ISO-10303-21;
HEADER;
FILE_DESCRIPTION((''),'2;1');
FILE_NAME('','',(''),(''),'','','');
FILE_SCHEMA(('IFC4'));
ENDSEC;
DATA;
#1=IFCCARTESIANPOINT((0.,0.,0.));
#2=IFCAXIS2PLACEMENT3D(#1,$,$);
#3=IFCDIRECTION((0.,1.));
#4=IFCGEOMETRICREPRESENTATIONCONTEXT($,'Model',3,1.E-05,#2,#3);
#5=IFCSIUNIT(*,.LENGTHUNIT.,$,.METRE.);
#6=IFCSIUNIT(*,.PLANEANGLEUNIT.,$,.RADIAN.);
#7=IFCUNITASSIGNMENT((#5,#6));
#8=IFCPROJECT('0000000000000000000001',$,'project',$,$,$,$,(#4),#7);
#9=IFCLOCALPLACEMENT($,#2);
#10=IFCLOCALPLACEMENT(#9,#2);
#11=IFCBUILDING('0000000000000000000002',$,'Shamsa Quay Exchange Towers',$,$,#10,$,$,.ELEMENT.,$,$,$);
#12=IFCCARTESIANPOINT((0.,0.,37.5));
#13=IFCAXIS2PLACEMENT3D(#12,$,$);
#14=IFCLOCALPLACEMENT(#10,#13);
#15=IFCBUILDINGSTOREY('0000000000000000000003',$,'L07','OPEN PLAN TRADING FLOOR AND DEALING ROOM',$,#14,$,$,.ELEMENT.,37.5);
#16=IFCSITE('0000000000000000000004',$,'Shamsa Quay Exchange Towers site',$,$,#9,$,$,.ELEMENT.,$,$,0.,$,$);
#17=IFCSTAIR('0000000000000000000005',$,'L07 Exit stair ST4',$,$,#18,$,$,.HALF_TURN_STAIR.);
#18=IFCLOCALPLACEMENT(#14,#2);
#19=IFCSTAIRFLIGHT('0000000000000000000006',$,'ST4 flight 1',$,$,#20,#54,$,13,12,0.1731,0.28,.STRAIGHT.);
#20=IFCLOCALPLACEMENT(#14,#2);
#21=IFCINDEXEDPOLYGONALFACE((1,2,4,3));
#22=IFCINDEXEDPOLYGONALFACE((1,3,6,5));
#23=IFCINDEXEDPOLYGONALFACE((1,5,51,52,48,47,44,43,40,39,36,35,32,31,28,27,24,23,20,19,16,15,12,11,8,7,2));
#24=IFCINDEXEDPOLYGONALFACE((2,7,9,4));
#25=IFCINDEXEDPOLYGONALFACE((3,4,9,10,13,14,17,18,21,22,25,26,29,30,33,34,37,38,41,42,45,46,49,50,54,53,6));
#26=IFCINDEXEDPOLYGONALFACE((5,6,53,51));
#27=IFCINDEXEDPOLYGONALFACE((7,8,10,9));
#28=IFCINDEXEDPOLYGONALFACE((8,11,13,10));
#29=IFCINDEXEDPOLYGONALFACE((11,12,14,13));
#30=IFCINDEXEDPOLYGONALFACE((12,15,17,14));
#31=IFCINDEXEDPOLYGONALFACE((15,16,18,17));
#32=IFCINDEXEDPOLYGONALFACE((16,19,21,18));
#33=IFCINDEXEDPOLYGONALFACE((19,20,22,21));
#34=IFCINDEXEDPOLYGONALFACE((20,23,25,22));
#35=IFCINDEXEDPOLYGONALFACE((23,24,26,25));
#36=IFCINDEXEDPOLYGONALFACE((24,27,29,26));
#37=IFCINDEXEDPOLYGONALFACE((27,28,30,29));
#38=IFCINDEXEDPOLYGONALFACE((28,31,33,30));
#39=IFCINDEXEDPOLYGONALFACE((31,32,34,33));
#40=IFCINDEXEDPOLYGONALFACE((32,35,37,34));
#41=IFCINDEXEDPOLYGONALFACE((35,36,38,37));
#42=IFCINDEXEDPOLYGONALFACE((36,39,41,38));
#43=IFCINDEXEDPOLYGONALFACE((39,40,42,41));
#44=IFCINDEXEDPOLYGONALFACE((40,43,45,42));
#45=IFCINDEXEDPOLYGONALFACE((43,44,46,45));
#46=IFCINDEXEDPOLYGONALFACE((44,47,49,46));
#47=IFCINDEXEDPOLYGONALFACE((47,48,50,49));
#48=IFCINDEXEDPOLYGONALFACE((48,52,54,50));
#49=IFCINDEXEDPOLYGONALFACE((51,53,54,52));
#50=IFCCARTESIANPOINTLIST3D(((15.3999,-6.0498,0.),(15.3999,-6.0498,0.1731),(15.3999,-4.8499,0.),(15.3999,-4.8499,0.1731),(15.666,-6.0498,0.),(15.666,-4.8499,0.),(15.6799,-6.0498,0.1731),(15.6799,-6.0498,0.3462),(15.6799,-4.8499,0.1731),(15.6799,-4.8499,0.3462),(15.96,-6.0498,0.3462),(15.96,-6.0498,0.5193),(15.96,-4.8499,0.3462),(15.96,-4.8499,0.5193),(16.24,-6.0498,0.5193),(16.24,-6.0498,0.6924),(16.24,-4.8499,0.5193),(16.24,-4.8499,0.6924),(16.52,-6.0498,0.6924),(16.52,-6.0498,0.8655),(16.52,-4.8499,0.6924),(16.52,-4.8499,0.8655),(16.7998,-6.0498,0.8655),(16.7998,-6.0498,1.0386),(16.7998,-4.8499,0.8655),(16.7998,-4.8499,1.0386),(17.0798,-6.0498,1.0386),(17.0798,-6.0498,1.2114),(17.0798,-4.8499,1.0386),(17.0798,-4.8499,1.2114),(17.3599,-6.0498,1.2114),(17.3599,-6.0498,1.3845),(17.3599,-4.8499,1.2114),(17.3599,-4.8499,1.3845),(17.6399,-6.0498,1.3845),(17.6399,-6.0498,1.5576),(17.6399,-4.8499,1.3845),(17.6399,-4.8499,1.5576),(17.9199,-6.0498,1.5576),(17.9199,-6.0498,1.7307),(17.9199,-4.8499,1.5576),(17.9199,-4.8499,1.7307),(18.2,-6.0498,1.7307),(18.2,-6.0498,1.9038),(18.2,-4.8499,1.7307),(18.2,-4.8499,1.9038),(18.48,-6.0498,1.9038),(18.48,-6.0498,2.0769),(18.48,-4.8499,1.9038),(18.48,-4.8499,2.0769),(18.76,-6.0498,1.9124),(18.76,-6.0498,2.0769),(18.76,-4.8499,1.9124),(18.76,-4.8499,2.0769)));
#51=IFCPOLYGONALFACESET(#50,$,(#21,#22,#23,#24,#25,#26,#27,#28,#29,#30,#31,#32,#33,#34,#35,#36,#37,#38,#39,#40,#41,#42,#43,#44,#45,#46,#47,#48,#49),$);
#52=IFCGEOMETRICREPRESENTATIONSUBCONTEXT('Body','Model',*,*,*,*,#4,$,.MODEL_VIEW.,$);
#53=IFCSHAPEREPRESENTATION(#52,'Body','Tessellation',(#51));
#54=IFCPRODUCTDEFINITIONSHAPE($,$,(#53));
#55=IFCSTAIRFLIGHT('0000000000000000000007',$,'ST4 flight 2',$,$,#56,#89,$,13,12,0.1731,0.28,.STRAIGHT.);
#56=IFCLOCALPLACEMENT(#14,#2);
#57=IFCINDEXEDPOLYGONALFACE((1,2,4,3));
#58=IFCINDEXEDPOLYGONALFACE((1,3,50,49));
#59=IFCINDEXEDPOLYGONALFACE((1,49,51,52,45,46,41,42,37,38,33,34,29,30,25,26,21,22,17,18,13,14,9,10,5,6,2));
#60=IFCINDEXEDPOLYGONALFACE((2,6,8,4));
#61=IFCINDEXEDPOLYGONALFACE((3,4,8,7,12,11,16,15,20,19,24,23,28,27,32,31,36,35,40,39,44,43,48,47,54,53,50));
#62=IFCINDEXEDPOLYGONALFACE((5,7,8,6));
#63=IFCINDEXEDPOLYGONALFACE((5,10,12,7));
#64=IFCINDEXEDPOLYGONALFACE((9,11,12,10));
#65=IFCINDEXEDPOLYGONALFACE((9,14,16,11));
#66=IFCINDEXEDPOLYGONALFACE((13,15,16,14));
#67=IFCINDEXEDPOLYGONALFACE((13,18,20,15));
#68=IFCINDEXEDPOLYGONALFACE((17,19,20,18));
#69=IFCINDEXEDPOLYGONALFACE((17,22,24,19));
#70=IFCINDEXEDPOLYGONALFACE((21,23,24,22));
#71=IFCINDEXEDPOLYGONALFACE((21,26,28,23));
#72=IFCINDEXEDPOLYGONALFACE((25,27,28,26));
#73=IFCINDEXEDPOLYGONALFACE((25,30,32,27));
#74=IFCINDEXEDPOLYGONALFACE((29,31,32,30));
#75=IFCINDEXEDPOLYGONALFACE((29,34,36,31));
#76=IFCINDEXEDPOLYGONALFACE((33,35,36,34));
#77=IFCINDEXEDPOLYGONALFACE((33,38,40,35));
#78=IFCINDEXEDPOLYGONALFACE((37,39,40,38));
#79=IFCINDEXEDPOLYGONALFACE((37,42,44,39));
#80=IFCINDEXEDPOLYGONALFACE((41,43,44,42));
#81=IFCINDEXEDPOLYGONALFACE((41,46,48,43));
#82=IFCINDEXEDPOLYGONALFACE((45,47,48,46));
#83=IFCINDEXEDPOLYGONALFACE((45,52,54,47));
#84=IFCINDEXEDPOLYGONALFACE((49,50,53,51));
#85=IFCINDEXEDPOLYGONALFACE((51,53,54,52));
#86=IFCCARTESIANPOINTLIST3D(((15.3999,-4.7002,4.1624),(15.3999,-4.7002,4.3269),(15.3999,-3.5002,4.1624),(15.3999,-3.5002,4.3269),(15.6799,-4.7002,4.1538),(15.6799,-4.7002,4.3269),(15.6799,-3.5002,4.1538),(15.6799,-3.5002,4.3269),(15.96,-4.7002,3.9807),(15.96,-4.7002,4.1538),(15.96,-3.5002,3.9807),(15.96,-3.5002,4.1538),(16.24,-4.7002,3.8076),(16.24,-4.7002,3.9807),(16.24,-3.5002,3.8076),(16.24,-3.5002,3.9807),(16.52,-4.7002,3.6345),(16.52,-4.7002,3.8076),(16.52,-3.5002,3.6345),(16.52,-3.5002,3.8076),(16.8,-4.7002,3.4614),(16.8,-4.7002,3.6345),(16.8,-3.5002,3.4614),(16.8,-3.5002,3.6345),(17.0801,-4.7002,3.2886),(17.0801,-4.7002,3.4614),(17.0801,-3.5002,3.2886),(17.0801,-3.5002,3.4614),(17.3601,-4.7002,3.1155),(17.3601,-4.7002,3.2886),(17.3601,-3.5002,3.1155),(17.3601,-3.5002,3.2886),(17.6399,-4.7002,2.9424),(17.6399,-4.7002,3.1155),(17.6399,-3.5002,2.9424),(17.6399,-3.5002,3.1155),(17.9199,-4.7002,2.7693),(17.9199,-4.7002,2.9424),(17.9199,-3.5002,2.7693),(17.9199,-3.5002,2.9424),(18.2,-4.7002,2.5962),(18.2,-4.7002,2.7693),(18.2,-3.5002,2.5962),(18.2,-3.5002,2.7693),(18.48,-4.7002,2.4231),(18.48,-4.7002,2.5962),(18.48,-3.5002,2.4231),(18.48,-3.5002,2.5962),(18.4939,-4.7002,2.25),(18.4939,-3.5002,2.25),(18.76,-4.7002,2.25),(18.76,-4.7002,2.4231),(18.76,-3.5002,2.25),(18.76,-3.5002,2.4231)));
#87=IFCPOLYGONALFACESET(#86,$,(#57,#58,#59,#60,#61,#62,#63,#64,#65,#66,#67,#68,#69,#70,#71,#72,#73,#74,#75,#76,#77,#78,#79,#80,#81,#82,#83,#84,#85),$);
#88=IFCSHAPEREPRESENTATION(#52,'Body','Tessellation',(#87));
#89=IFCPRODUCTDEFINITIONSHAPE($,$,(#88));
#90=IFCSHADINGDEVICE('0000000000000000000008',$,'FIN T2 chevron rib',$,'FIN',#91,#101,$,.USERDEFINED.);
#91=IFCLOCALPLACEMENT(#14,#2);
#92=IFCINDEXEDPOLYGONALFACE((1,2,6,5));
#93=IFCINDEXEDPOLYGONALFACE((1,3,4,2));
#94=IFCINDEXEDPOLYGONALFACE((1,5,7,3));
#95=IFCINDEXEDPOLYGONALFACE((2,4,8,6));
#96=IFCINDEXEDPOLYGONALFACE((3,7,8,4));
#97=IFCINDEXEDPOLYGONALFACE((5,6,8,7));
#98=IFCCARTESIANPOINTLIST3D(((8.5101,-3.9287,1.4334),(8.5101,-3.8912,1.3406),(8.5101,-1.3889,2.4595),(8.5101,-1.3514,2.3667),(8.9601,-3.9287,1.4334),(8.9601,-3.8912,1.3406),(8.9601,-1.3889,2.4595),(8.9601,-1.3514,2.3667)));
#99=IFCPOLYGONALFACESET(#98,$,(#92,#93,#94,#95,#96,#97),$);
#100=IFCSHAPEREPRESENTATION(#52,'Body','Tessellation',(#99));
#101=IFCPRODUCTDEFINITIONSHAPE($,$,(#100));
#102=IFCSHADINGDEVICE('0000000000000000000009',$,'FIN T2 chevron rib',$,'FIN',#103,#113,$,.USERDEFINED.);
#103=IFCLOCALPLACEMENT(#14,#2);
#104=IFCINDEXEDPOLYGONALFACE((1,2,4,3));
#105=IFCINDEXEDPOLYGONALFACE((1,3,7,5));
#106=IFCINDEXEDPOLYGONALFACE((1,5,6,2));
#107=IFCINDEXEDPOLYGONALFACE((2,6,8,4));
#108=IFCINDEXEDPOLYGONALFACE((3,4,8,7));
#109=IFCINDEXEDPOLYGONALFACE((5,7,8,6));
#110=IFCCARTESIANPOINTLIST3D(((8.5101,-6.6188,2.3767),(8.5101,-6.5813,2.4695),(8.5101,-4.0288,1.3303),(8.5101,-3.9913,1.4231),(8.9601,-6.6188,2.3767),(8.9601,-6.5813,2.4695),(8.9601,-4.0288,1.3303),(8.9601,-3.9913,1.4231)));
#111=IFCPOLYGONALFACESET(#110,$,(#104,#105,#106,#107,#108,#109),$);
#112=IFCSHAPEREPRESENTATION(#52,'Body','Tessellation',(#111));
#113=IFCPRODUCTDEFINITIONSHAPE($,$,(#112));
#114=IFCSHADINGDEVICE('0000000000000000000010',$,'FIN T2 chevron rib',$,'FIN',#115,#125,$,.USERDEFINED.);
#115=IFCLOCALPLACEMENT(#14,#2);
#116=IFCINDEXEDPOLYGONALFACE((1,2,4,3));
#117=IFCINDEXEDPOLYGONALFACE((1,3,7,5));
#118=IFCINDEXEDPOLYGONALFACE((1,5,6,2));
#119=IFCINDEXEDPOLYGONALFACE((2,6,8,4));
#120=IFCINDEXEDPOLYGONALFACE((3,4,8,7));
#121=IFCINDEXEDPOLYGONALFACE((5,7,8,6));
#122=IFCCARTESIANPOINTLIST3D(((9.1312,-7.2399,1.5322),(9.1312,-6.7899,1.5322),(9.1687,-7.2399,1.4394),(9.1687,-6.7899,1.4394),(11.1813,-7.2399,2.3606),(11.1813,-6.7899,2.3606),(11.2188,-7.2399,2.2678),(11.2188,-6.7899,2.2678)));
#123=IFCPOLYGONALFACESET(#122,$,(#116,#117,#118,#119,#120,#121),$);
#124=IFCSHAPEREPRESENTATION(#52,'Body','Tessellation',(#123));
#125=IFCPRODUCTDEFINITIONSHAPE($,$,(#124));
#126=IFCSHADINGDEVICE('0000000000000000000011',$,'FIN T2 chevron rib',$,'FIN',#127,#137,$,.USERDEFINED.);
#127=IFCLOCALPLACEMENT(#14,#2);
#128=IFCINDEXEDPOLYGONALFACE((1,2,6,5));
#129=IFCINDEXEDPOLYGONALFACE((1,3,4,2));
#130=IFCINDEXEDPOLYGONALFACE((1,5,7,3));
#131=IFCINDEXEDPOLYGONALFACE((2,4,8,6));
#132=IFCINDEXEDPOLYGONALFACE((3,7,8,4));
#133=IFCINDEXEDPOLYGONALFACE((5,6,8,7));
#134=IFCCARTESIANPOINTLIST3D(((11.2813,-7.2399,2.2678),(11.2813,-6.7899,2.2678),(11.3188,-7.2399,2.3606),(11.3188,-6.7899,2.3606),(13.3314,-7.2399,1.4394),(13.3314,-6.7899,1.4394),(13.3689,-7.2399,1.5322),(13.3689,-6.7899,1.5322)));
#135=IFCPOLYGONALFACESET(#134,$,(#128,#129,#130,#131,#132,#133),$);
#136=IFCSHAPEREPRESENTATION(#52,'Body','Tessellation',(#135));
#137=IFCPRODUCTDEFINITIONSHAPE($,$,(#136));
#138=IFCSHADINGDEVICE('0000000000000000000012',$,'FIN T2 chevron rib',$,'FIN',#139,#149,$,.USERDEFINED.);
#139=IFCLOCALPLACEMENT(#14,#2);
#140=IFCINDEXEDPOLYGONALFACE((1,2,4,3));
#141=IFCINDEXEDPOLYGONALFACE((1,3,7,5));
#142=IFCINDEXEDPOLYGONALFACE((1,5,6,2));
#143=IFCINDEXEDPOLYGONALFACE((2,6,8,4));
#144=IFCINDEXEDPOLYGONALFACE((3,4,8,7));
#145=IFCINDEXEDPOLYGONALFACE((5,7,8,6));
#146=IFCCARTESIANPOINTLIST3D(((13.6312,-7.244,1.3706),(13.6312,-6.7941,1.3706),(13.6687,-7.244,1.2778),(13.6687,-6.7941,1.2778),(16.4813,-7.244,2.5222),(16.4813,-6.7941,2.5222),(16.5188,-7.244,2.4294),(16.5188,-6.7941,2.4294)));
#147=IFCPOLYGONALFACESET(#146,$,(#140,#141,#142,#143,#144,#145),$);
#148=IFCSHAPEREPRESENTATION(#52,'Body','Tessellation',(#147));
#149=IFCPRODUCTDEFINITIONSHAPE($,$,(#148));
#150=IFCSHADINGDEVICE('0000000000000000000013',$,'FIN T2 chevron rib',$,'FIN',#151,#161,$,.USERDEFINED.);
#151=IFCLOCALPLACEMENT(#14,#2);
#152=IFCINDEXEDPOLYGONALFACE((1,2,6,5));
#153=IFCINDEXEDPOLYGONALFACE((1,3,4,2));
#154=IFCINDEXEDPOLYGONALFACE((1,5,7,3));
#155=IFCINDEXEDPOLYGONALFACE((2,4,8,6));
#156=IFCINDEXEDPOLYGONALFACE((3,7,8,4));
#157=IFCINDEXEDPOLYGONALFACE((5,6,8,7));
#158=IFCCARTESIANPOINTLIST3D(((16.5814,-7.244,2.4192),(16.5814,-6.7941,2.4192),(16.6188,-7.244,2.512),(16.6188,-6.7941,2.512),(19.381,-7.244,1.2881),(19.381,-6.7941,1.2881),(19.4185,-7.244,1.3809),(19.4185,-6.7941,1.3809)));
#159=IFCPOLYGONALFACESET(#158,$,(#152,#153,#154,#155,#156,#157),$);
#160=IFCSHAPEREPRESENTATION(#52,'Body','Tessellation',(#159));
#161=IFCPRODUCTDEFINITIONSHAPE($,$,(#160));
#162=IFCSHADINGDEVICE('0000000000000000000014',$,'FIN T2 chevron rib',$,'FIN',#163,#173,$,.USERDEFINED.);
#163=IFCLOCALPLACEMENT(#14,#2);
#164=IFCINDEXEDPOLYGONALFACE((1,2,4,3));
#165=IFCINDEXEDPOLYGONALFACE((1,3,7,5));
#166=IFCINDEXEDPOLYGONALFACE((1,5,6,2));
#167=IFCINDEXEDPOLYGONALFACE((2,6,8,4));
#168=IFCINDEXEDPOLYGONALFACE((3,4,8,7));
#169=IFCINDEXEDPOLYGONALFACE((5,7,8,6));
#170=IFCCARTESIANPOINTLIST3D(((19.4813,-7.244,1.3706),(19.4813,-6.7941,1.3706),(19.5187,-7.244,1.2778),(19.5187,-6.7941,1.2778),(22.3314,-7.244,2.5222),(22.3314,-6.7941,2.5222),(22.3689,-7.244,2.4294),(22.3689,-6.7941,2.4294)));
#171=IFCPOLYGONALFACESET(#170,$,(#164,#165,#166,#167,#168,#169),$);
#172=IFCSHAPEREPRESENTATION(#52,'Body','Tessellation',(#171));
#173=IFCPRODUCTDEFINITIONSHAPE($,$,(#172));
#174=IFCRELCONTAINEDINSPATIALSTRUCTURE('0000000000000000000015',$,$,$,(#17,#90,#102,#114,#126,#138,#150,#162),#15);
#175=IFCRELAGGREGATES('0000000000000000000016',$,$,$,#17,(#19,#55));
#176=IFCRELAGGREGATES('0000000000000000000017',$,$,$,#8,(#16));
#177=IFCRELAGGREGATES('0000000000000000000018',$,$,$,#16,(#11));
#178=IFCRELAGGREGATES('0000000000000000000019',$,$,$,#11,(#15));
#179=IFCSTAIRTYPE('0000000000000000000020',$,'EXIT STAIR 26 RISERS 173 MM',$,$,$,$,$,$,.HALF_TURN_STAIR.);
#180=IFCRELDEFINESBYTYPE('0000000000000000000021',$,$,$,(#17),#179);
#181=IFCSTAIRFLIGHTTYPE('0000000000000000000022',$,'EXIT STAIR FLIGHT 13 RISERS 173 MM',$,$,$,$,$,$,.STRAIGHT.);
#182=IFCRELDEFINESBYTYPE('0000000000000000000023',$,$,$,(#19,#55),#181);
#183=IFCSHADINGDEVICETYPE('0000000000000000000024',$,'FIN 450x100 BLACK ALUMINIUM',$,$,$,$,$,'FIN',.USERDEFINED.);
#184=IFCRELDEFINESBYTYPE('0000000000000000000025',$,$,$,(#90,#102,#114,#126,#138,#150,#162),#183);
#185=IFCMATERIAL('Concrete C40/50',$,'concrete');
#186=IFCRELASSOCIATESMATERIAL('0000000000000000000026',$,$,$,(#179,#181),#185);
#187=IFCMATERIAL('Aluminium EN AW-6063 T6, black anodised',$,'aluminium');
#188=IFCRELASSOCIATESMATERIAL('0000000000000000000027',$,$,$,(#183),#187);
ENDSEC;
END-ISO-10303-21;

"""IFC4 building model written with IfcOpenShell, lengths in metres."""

from ifc_helpers import new_model, si_unit, direction, frame, origin, origin_2d, place, context, subcontext, project, spatial, polyline, rectangle, outline, extrude, material, material_profile, profile_set, type_object, element, aggregate, save


model = new_model("IFC4")

# Units and contexts
model_context = context("Model", 3, precision=1e-05, world=origin(), true_north=direction((0.0, 1.0)))
body_context = subcontext(model_context, "Body", "Model", "MODEL_VIEW")
ifc_project = project(units=[si_unit("LENGTHUNIT", "METRE"), si_unit("PLANEANGLEUNIT", "RADIAN")], contexts=[model_context])

# Site, building, storey
site_placement = place(None, origin())
site = spatial("IfcSite", under=ifc_project, at=site_placement, Name="Shamsa Quay Exchange Towers site", CompositionType="ELEMENT", RefElevation=0.0)
building_placement = place(site_placement, origin())
building = spatial("IfcBuilding", under=site, at=building_placement, Name="Shamsa Quay Exchange Towers", CompositionType="ELEMENT")
storey_placement = place(building_placement, frame((0.0, 0.0, 37.5)))
storey = spatial("IfcBuildingStorey", under=building, at=storey_placement, Name="L07", Description="OPEN PLAN TRADING FLOOR AND DEALING ROOM", CompositionType="ELEMENT", Elevation=37.5)

# Shared definitions
ifc_material_1 = material(Name="Aluminium EN AW-6063 T6, black anodised", Category="aluminium")

# Stair
ifc_material_2 = material(Name="Concrete C40/50", Category="concrete")
stair_type = type_object("IfcStairType", Name="EXIT STAIR 26 RISERS 173 MM", PredefinedType="HALF_TURN_STAIR", material=ifc_material_2)
stair_1_placement = place(storey_placement, origin())
stair_1 = element("IfcStair", 1, at=stair_1_placement, inside=storey, type_object=stair_type, Name="L07 Exit stair ST4", PredefinedType="HALF_TURN_STAIR")

# Stair flights
stair_flight_type = type_object("IfcStairFlightType", Name="EXIT STAIR FLIGHT 13 RISERS 173 MM", PredefinedType="STRAIGHT", material=ifc_material_2)
stair_flight_1_placement = place(storey_placement, frame((15.3999, -5.45, 0.0)))
stair_flight_1 = element("IfcStairFlight", 2, at=stair_flight_1_placement, type_object=stair_flight_type, Name="ST4 flight 1", NumberOfRisers=13, NumberOfTreads=12, PredefinedType="STRAIGHT", RiserHeight=0.1731, TreadLength=0.28, context=body_context, shape_type="SweptSolid", body=[
    extrude(outline(polyline([(0.0, 0.0), (0.0, 0.1731), (0.28, 0.1731), (0.28, 0.3462), (0.5601, 0.3462), (0.5601, 0.5193), (0.8401, 0.5193), (0.8401, 0.6924), (1.1201, 0.6924), (1.1201, 0.8655), (1.3999, 0.8655), (1.3999, 1.0386), (1.6799, 1.0386), (1.6799, 1.2114), (1.96, 1.2114), (1.96, 1.3845), (2.24, 1.3845), (2.24, 1.5576), (2.52, 1.5576), (2.52, 1.7307), (2.8, 1.7307), (2.8, 1.9038), (3.0801, 1.9038), (3.0801, 2.0769), (3.3601, 2.0769), (3.3601, 2.25), (3.3601, 1.9124), (0.2661, 0.0), (0.0, 0.0)])), frame((0.0, 0.6001, 0.0), z_axis=(0.0, -1.0, 0.0), x_axis=(1.0, 0.0, 0.0)), (0.0, 0.0, 1.0), 1.2),
])
stair_flight_2_placement = place(storey_placement, frame((18.76, -4.1001, 2.25), z_axis=(0.0, 0.0, 1.0), x_axis=(-1.0, 0.0, 0.0)))
stair_flight_2 = element("IfcStairFlight", 3, at=stair_flight_2_placement, type_object=stair_flight_type, Name="ST4 flight 2", NumberOfRisers=13, NumberOfTreads=12, PredefinedType="STRAIGHT", RiserHeight=0.1731, TreadLength=0.28, context=body_context, shape_type="SweptSolid", body=[
    extrude(outline(polyline([(0.0, 0.0), (0.0, 0.1731), (0.28, 0.1731), (0.28, 0.3462), (0.5601, 0.3462), (0.5601, 0.5193), (0.8401, 0.5193), (0.8401, 0.6924), (1.1201, 0.6924), (1.1201, 0.8655), (1.3999, 0.8655), (1.3999, 1.0386), (1.6799, 1.0386), (1.6799, 1.2114), (1.96, 1.2114), (1.96, 1.3845), (2.24, 1.3845), (2.24, 1.5576), (2.52, 1.5576), (2.52, 1.7307), (2.8, 1.7307), (2.8, 1.9038), (3.0801, 1.9038), (3.0801, 2.0769), (3.3601, 2.0769), (3.3601, 2.25), (3.3601, 1.9124), (0.2661, 0.0), (0.0, 0.0)])), frame((0.0, 0.6001, 0.0), z_axis=(0.0, -1.0, 0.0), x_axis=(1.0, 0.0, 0.0)), (0.0, 0.0, 1.0), 1.2),
])
aggregate(stair_1, [stair_flight_1, stair_flight_2])

# Shading devices
ifc_material_profile_1 = material_profile(ifc_material_1, rectangle(XDim=0.45, YDim=0.1001, at=origin_2d()), Name="FIN450x100")
ifc_profile_set_1 = profile_set([ifc_material_profile_1], Name="Aluminium EN AW-6063 T6, black anodised")
shading_device_type = type_object("IfcShadingDeviceType", Name="FIN 450x100 BLACK ALUMINIUM", ElementType="FIN", PredefinedType="USERDEFINED", material=ifc_profile_set_1)
shading_device_1_placement = place(storey_placement, frame((8.7351, -1.3701, 2.4131), z_axis=(0.0, -0.927186, -0.3746), x_axis=(1.0, 0.0, 0.0)))
element("IfcShadingDevice", 4, at=shading_device_1_placement, inside=storey, type_object=shading_device_type, Name="FIN T2 chevron rib", ObjectType="FIN", PredefinedType="USERDEFINED", context=body_context, shape_type="SweptSolid", body=[
    extrude(rectangle(XDim=0.45, YDim=0.1001, at=origin_2d()), origin(), (0.0, 0.0, 1.0), 2.7393),
])
shading_device_2_placement = place(storey_placement, frame((8.7351, -4.01, 1.3767), z_axis=(0.0, -0.927193, 0.374583), x_axis=(1.0, 0.0, 0.0)))
element("IfcShadingDevice", 5, at=shading_device_2_placement, inside=storey, type_object=shading_device_type, Name="FIN T2 chevron rib", ObjectType="FIN", PredefinedType="USERDEFINED", context=body_context, shape_type="SweptSolid", body=[
    extrude(rectangle(XDim=0.45, YDim=0.1001, at=origin_2d()), origin(), (0.0, 0.0, 1.0), 2.7935),
])
for number, where, z_axis, x_axis, name in (
    (6, (9.1499, -7.0149, 1.4858), (0.927169, 0.0, 0.374644), (0.0, 1.0, 0.0), "FIN T2 chevron rib"),
    (7, (11.3, -7.0149, 2.3142), (0.927169, 0.0, -0.374644), (0.0, 1.0, 0.0), "FIN T2 chevron rib"),
):
    element("IfcShadingDevice", number, at=place(storey_placement, frame(where, z_axis=z_axis, x_axis=x_axis)), inside=storey, type_object=shading_device_type, Name=name, ObjectType="FIN", PredefinedType="USERDEFINED", context=body_context, shape_type="SweptSolid", body=[
        extrude(rectangle(XDim=0.45, YDim=0.1001, at=origin_2d()), origin(), (0.0, 0.0, 1.0), 2.2112),
    ])
shading_device_3_placement = place(storey_placement, frame((13.6499, -7.019, 1.3242), z_axis=(0.927173, 0.0, 0.374634), x_axis=(0.0, 1.0, 0.0)))
element("IfcShadingDevice", 8, at=shading_device_3_placement, inside=storey, type_object=shading_device_type, Name="FIN T2 chevron rib", ObjectType="FIN", PredefinedType="USERDEFINED", context=body_context, shape_type="SweptSolid", body=[
    extrude(rectangle(XDim=0.45, YDim=0.1001, at=origin_2d()), origin(), (0.0, 0.0, 1.0), 3.074),
])
shading_device_4_placement = place(storey_placement, frame((16.6001, -7.019, 2.4656), z_axis=(0.927194, 0.0, -0.374581), x_axis=(0.0, 1.0, 0.0)))
element("IfcShadingDevice", 9, at=shading_device_4_placement, inside=storey, type_object=shading_device_type, Name="FIN T2 chevron rib", ObjectType="FIN", PredefinedType="USERDEFINED", context=body_context, shape_type="SweptSolid", body=[
    extrude(rectangle(XDim=0.45, YDim=0.1001, at=origin_2d()), origin(), (0.0, 0.0, 1.0), 3.0195),
])
shading_device_5_placement = place(storey_placement, frame((19.5, -7.019, 1.3242), z_axis=(0.927173, 0.0, 0.374634), x_axis=(0.0, 1.0, 0.0)))
element("IfcShadingDevice", 10, at=shading_device_5_placement, inside=storey, type_object=shading_device_type, Name="FIN T2 chevron rib", ObjectType="FIN", PredefinedType="USERDEFINED", context=body_context, shape_type="SweptSolid", body=[
    extrude(rectangle(XDim=0.45, YDim=0.1001, at=origin_2d()), origin(), (0.0, 0.0, 1.0), 3.074),
])

save(model, "model.ifc")
